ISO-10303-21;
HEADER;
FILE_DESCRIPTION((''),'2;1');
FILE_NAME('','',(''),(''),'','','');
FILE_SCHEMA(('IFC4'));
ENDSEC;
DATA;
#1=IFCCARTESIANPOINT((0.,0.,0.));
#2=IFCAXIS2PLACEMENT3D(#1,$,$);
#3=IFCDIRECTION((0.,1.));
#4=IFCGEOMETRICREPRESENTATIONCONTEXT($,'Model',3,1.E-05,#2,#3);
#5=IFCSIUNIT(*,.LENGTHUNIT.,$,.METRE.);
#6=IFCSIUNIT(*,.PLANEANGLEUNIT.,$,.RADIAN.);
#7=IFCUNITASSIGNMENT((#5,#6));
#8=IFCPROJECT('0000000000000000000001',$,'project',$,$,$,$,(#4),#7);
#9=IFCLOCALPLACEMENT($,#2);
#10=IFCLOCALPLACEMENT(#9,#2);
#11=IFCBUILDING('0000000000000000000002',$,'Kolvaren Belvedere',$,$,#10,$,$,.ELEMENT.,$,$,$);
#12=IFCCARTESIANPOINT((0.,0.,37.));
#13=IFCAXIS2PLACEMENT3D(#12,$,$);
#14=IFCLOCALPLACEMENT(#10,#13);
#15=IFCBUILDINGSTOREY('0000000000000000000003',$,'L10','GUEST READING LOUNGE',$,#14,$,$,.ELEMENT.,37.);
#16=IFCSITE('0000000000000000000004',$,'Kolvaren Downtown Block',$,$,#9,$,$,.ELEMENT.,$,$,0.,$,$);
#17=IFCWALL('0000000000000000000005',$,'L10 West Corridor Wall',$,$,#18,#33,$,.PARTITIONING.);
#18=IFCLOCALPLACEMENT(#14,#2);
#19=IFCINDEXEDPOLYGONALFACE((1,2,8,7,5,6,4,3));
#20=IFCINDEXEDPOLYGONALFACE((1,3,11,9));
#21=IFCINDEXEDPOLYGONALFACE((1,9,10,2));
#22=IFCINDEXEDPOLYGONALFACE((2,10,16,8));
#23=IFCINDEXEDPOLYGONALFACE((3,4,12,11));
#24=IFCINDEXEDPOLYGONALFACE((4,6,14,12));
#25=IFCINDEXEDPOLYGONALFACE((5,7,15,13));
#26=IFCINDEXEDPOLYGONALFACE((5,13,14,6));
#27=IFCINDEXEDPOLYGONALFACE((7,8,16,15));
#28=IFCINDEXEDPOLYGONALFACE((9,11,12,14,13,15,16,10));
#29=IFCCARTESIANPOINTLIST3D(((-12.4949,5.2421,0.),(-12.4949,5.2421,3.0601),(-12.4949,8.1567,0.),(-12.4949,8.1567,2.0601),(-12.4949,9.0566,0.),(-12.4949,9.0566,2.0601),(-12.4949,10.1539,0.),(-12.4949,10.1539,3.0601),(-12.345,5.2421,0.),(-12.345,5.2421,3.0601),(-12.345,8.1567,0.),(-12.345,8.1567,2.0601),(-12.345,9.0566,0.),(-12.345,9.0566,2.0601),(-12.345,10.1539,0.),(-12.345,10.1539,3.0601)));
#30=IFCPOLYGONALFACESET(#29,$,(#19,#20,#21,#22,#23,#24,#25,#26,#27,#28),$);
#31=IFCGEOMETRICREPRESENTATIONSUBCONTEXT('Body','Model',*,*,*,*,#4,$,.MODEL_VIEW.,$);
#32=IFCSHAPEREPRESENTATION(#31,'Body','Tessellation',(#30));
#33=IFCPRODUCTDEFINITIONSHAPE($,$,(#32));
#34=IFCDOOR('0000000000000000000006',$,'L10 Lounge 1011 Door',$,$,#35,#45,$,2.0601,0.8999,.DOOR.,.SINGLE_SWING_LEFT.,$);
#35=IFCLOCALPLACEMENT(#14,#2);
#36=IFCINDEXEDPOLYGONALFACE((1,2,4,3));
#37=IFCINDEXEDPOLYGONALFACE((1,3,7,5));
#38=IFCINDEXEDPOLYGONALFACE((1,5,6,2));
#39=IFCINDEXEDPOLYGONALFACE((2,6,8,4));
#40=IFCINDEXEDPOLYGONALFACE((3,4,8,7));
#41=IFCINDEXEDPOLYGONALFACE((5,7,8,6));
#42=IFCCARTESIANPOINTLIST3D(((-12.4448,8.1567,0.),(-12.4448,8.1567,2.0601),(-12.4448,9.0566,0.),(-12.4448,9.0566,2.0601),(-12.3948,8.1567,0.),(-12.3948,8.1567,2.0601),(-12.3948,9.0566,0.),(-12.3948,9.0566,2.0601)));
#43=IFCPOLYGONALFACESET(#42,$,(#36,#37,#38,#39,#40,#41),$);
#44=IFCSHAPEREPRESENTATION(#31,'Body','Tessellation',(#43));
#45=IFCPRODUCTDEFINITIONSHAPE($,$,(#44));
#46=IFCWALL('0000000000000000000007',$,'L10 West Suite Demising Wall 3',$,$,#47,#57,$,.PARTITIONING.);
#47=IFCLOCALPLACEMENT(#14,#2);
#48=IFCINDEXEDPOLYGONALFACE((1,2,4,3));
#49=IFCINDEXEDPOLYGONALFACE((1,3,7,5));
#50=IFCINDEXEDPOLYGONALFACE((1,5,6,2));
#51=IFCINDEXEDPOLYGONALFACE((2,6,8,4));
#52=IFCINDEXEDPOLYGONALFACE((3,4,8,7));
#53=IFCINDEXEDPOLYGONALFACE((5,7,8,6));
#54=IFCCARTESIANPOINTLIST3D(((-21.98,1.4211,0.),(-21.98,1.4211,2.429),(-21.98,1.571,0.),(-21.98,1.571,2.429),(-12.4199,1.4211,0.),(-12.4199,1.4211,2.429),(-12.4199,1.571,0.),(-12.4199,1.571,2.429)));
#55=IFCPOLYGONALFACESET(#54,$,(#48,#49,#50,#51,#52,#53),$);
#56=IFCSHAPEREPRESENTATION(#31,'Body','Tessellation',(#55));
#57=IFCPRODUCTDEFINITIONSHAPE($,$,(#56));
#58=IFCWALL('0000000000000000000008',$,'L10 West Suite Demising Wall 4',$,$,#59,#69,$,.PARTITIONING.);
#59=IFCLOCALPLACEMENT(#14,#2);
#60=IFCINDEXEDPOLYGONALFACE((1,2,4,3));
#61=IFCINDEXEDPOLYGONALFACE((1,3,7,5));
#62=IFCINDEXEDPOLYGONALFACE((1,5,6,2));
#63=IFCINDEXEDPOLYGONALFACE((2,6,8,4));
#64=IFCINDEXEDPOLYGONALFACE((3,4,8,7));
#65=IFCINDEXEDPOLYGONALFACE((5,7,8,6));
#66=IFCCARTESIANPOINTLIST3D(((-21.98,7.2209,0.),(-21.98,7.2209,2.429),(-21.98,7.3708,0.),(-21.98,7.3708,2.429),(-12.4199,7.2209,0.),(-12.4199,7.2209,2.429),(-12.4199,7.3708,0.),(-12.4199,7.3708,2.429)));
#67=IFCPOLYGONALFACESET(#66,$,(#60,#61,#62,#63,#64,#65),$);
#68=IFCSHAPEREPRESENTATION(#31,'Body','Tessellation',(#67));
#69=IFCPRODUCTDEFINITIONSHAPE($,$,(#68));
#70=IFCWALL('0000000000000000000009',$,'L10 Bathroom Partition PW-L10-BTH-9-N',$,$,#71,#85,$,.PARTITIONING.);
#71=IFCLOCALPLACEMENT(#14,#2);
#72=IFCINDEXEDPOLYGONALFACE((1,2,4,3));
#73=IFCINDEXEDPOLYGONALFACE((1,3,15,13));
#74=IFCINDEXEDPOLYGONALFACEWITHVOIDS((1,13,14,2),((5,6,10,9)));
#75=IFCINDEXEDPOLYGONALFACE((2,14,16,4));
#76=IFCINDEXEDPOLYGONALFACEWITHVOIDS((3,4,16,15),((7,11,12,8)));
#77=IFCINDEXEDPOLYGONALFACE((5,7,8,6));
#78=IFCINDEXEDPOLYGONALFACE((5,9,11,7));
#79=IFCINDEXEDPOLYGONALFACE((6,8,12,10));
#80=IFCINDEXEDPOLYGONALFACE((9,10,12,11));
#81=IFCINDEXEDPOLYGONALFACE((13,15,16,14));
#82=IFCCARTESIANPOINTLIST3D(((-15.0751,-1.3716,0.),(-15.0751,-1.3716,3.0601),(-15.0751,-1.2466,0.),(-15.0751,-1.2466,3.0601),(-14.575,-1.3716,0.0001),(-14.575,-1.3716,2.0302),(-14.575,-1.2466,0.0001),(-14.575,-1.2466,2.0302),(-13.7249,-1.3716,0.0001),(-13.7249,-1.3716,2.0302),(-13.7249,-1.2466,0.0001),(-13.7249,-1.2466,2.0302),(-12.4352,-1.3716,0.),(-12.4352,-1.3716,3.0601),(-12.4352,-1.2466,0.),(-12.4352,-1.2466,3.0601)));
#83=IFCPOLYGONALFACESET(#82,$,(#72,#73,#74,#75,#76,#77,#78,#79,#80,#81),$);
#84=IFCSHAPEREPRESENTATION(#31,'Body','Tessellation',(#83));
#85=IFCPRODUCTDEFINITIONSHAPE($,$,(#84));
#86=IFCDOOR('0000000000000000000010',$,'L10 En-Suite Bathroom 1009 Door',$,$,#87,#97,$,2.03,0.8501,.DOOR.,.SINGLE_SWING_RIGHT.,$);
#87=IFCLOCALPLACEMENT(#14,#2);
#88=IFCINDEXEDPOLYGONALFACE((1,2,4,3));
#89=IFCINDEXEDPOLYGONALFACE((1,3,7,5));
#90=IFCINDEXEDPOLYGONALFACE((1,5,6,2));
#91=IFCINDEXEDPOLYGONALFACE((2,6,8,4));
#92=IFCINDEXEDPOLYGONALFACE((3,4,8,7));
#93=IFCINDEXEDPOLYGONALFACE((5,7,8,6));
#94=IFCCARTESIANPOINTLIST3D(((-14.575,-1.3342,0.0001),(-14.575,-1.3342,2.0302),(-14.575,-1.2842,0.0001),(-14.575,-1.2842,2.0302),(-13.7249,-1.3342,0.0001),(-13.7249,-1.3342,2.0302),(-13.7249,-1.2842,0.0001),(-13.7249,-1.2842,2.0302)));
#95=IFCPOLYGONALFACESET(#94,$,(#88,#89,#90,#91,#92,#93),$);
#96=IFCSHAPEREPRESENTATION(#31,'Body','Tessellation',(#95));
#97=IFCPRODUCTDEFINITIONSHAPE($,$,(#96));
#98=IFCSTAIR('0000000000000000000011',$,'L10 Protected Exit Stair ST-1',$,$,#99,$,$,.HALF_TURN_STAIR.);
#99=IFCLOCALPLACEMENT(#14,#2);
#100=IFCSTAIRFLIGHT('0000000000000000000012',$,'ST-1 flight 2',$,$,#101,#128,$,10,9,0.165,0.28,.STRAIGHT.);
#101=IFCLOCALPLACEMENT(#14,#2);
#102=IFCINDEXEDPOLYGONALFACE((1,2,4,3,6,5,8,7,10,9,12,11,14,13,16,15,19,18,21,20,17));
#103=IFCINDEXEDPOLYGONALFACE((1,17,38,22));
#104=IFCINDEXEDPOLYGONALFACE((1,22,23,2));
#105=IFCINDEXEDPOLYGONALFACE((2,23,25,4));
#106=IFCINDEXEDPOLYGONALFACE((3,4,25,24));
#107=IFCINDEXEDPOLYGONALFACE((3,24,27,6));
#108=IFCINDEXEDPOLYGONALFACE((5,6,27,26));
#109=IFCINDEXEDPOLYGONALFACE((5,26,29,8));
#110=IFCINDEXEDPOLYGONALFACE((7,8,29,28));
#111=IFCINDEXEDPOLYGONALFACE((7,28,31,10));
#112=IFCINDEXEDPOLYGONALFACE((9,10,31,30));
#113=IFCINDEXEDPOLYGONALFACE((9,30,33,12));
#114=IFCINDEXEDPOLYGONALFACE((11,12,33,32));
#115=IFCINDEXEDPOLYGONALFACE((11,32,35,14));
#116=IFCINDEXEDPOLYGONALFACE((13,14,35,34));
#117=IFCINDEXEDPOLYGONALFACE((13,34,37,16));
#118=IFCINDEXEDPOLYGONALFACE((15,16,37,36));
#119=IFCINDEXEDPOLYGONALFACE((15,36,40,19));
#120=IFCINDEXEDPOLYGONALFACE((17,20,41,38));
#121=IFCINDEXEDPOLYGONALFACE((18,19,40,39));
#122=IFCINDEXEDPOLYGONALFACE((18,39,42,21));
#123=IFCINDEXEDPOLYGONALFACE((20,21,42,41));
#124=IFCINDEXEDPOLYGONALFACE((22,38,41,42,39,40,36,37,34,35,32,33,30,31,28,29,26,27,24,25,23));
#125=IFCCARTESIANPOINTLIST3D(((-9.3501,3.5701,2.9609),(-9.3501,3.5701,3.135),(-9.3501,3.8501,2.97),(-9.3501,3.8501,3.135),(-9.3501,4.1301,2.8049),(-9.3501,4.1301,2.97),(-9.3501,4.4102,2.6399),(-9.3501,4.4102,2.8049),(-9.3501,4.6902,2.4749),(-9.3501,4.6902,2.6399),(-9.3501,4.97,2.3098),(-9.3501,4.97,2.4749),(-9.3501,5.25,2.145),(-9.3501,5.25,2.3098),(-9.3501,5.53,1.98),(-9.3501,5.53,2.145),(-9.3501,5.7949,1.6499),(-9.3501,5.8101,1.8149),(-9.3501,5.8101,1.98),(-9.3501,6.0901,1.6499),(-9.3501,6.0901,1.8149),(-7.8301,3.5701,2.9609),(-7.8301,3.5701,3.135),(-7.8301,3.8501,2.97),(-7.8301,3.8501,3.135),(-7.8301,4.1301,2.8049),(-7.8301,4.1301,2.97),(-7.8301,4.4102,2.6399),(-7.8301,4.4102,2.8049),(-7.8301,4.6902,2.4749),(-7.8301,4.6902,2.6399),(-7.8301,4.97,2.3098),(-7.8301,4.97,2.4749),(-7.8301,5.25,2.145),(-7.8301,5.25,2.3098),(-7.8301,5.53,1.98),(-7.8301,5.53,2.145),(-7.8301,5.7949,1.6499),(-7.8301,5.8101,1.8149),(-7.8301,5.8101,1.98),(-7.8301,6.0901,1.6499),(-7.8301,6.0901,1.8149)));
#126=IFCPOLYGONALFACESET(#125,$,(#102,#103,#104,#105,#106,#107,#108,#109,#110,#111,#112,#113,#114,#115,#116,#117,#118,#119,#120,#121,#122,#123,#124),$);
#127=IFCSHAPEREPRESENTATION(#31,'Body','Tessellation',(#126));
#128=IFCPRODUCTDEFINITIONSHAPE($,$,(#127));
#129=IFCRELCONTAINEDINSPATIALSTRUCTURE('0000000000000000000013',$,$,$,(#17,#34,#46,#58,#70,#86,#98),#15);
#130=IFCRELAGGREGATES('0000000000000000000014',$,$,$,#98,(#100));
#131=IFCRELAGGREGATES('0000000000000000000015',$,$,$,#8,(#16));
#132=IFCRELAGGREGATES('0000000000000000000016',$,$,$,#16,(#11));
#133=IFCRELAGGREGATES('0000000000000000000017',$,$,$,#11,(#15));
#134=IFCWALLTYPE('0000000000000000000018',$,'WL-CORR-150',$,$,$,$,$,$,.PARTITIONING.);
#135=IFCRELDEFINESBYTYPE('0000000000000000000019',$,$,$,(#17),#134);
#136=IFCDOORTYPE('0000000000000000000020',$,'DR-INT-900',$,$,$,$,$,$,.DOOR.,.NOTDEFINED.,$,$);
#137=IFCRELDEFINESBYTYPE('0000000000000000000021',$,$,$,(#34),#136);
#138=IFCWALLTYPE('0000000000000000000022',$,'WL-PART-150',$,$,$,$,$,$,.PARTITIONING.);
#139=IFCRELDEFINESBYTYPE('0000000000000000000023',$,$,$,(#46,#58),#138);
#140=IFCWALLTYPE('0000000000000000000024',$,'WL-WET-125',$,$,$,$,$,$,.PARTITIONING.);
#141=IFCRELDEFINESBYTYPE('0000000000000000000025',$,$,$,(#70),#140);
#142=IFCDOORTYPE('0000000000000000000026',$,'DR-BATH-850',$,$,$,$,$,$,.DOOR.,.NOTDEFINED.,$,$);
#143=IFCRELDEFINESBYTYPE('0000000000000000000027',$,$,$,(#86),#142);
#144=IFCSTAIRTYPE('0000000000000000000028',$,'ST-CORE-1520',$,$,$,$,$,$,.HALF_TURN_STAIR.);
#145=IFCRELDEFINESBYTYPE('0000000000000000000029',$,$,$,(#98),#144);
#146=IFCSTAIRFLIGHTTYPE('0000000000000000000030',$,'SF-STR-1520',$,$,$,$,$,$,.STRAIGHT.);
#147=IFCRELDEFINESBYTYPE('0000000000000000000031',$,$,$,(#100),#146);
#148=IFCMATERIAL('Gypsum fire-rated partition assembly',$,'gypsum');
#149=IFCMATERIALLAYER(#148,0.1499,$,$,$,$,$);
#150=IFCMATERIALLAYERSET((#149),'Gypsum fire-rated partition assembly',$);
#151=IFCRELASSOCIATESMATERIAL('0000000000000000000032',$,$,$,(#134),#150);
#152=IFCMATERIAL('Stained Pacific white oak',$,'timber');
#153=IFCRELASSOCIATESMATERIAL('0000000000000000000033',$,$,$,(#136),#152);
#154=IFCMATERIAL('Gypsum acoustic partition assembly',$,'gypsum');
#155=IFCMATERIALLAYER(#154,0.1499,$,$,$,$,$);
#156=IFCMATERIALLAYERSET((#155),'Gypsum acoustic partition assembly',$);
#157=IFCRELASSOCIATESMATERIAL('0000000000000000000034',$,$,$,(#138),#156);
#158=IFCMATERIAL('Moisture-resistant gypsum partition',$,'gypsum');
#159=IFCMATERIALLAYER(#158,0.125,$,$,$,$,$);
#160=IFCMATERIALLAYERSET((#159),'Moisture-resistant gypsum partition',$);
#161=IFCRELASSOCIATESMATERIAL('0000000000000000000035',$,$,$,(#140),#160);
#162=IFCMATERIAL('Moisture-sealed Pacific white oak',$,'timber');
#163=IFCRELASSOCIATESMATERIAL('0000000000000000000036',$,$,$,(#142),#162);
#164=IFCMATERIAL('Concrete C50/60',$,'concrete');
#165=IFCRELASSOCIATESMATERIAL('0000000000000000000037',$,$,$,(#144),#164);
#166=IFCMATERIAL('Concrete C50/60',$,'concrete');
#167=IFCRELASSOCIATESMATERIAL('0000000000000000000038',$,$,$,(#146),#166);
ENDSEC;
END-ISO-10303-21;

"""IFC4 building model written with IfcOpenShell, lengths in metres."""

from ifc_helpers import new_model, si_unit, direction, frame, frame_2d, origin, place, context, subcontext, project, spatial, polyline, rectangle, outline, extrude, material, layer, layer_set, type_object, element, fill, aggregate, save


model = new_model("IFC4")

# Units and contexts
model_context = context("Model", 3, precision=1e-05, world=origin(), true_north=direction((0.0, 1.0)))
body_context = subcontext(model_context, "Body", "Model", "MODEL_VIEW")
ifc_project = project(units=[si_unit("LENGTHUNIT", "METRE"), si_unit("PLANEANGLEUNIT", "RADIAN")], contexts=[model_context])

# Site, building, storey
site_placement = place(None, origin())
site = spatial("IfcSite", under=ifc_project, at=site_placement, Name="Kolvaren Downtown Block", CompositionType="ELEMENT", RefElevation=0.0)
building_placement = place(site_placement, origin())
building = spatial("IfcBuilding", under=site, at=building_placement, Name="Kolvaren Belvedere", CompositionType="ELEMENT")
storey_placement = place(building_placement, frame((0.0, 0.0, 37.0)))
storey = spatial("IfcBuildingStorey", under=building, at=storey_placement, Name="L10", Description="GUEST READING LOUNGE", CompositionType="ELEMENT", Elevation=37.0)

# Shared definitions
ifc_material_1 = material(Name="Gypsum fire-rated partition assembly", Category="gypsum")
ifc_layer_1 = layer(ifc_material_1, 0.1499)
ifc_layer_set_1 = layer_set([ifc_layer_1], Name="Gypsum fire-rated partition assembly")
wall_type_1 = type_object("IfcWallType", Name="WL-CORR-150", PredefinedType="PARTITIONING", material=ifc_layer_set_1)

# Wall, opening, door
wall_1_placement = place(storey_placement, frame((-12.4199, 5.2419, 0.0), z_axis=(0.0, 0.0, 1.0), x_axis=(0.0, 1.0, 0.0)))
wall_1 = element("IfcWall", 1, at=wall_1_placement, inside=storey, type_object=wall_type_1, Name="L10 West Corridor Wall", PredefinedType="PARTITIONING", context=body_context, shape_type="SweptSolid", body=[
    extrude(rectangle(XDim=4.9119, YDim=0.1499, at=frame_2d((2.4561, 0.0))), origin(), (0.0, 0.0, 1.0), 3.0601),
])
opening_1_placement = place(wall_1_placement, frame((2.9148, 0.0, 0.0)))
opening_1 = element("IfcOpeningElement", 2, at=opening_1_placement, cuts=wall_1, PredefinedType="OPENING", context=body_context, shape_type="SweptSolid", body=[
    extrude(rectangle(XDim=0.8999, YDim=2.0601, at=frame_2d((0.45, 1.03))), frame((0.0, 0.085, 0.0), z_axis=(0.0, -1.0, 0.0), x_axis=(1.0, 0.0, 0.0)), (0.0, 0.0, 1.0), 0.1699),
])
ifc_material_2 = material(Name="Stained Pacific white oak", Category="timber")
door_type_1 = type_object("IfcDoorType", Name="DR-INT-900", OperationType="NOTDEFINED", PredefinedType="DOOR", material=ifc_material_2)
door_1_placement = place(opening_1_placement, origin())
door_1 = element("IfcDoor", 3, at=door_1_placement, inside=storey, type_object=door_type_1, Name="L10 Lounge 1011 Door", OperationType="SINGLE_SWING_LEFT", OverallHeight=2.0601, OverallWidth=0.8999, PredefinedType="DOOR", context=body_context, shape_type="SweptSolid", body=[
    extrude(rectangle(XDim=0.8999, YDim=2.0601, at=frame_2d((0.45, 1.03))), frame((0.0, 0.0249, 0.0), z_axis=(0.0, -1.0, 0.0), x_axis=(1.0, 0.0, 0.0)), (0.0, 0.0, 1.0), 0.05),
])
fill(opening_1, door_1)

# Walls
ifc_material_3 = material(Name="Gypsum acoustic partition assembly", Category="gypsum")
ifc_layer_2 = layer(ifc_material_3, 0.1499)
ifc_layer_set_2 = layer_set([ifc_layer_2], Name="Gypsum acoustic partition assembly")
wall_type_2 = type_object("IfcWallType", Name="WL-PART-150", PredefinedType="PARTITIONING", material=ifc_layer_set_2)
for number, where, z_axis, x_axis, name in (
    (4, (-21.98, 1.4961, 0.0), (0.0, 0.0, 1.0), (1.0, 0.0, 0.0), "L10 West Suite Demising Wall 3"),
    (5, (-21.98, 7.2959, 0.0), (0.0, 0.0, 1.0), (1.0, 0.0, 0.0), "L10 West Suite Demising Wall 4"),
):
    element("IfcWall", number, at=place(storey_placement, frame(where, z_axis=z_axis, x_axis=x_axis)), inside=storey, type_object=wall_type_2, Name=name, PredefinedType="PARTITIONING", context=body_context, shape_type="SweptSolid", body=[
        extrude(rectangle(XDim=9.5601, YDim=0.1499, at=frame_2d((4.78, 0.0))), origin(), (0.0, 0.0, 1.0), 2.429),
    ])

# Wall, opening, door
ifc_material_4 = material(Name="Moisture-resistant gypsum partition", Category="gypsum")
ifc_layer_3 = layer(ifc_material_4, 0.125)
ifc_layer_set_3 = layer_set([ifc_layer_3], Name="Moisture-resistant gypsum partition")
wall_type_3 = type_object("IfcWallType", Name="WL-WET-125", PredefinedType="PARTITIONING", material=ifc_layer_set_3)
wall_2_placement = place(storey_placement, frame((-15.075, -1.3091, 0.0), z_axis=(0.0, 0.0, 1.0), x_axis=(1.0, 0.0, 0.0)))
wall_2 = element("IfcWall", 6, at=wall_2_placement, inside=storey, type_object=wall_type_3, Name="L10 Bathroom Partition PW-L10-BTH-9-N", PredefinedType="PARTITIONING", context=body_context, shape_type="SweptSolid", body=[
    extrude(rectangle(XDim=2.6399, YDim=0.125, at=frame_2d((1.3198, 0.0))), origin(), (0.0, 0.0, 1.0), 3.0601),
])
opening_2_placement = place(wall_2_placement, frame((0.5, 0.0, 0.0)))
opening_2 = element("IfcOpeningElement", 7, at=opening_2_placement, cuts=wall_2, PredefinedType="OPENING", context=body_context, shape_type="SweptSolid", body=[
    extrude(rectangle(XDim=0.8501, YDim=2.03, at=frame_2d((0.425, 1.0151))), frame((0.0, 0.0725, 0.0), z_axis=(0.0, -1.0, 0.0), x_axis=(1.0, 0.0, 0.0)), (0.0, 0.0, 1.0), 0.145),
])
ifc_material_5 = material(Name="Moisture-sealed Pacific white oak", Category="timber")
door_type_2 = type_object("IfcDoorType", Name="DR-BATH-850", OperationType="NOTDEFINED", PredefinedType="DOOR", material=ifc_material_5)
door_2_placement = place(opening_2_placement, origin())
door_2 = element("IfcDoor", 8, at=door_2_placement, inside=storey, type_object=door_type_2, Name="L10 En-Suite Bathroom 1009 Door", OperationType="SINGLE_SWING_RIGHT", OverallHeight=2.03, OverallWidth=0.8501, PredefinedType="DOOR", context=body_context, shape_type="SweptSolid", body=[
    extrude(rectangle(XDim=0.8501, YDim=2.03, at=frame_2d((0.425, 1.0151))), frame((0.0, 0.0249, 0.0), z_axis=(0.0, -1.0, 0.0), x_axis=(1.0, 0.0, 0.0)), (0.0, 0.0, 1.0), 0.05),
])
fill(opening_2, door_2)

# Stair, stair flight
ifc_material_6 = material(Name="Concrete C50/60", Category="concrete")
stair_type = type_object("IfcStairType", Name="ST-CORE-1520", PredefinedType="HALF_TURN_STAIR", material=ifc_material_6)
stair_placement = place(storey_placement, origin())
stair = element("IfcStair", 9, at=stair_placement, inside=storey, type_object=stair_type, Name="L10 Protected Exit Stair ST-1", PredefinedType="HALF_TURN_STAIR")
ifc_material_7 = material(Name="Concrete C50/60", Category="concrete")
stair_flight_type = type_object("IfcStairFlightType", Name="SF-STR-1520", PredefinedType="STRAIGHT", material=ifc_material_7)
stair_flight_placement = place(storey_placement, frame((-8.5901, 6.0901, 1.6499), z_axis=(0.0, 0.0, 1.0), x_axis=(0.0, -1.0, 0.0)))
stair_flight = element("IfcStairFlight", 10, at=stair_flight_placement, type_object=stair_flight_type, Name="ST-1 flight 2", NumberOfRisers=10, NumberOfTreads=9, PredefinedType="STRAIGHT", RiserHeight=0.165, TreadLength=0.28, context=body_context, shape_type="SweptSolid", body=[
    extrude(outline(polyline([(0.0, 0.0), (0.0, 0.165), (0.28, 0.165), (0.28, 0.3301), (0.5601, 0.3301), (0.5601, 0.4951), (0.8401, 0.4951), (0.8401, 0.6599), (1.1201, 0.6599), (1.1201, 0.825), (1.3999, 0.825), (1.3999, 0.99), (1.6799, 0.99), (1.6799, 1.155), (1.96, 1.155), (1.96, 1.3201), (2.24, 1.3201), (2.24, 1.4851), (2.52, 1.4851), (2.52, 1.6499), (2.52, 1.311), (0.2952, 0.0), (0.0, 0.0)])), frame((0.0, 0.76, 0.0), z_axis=(0.0, -1.0, 0.0), x_axis=(1.0, 0.0, 0.0)), (0.0, 0.0, 1.0), 1.52),
])
aggregate(stair, [stair_flight])

save(model, "model.ifc")
